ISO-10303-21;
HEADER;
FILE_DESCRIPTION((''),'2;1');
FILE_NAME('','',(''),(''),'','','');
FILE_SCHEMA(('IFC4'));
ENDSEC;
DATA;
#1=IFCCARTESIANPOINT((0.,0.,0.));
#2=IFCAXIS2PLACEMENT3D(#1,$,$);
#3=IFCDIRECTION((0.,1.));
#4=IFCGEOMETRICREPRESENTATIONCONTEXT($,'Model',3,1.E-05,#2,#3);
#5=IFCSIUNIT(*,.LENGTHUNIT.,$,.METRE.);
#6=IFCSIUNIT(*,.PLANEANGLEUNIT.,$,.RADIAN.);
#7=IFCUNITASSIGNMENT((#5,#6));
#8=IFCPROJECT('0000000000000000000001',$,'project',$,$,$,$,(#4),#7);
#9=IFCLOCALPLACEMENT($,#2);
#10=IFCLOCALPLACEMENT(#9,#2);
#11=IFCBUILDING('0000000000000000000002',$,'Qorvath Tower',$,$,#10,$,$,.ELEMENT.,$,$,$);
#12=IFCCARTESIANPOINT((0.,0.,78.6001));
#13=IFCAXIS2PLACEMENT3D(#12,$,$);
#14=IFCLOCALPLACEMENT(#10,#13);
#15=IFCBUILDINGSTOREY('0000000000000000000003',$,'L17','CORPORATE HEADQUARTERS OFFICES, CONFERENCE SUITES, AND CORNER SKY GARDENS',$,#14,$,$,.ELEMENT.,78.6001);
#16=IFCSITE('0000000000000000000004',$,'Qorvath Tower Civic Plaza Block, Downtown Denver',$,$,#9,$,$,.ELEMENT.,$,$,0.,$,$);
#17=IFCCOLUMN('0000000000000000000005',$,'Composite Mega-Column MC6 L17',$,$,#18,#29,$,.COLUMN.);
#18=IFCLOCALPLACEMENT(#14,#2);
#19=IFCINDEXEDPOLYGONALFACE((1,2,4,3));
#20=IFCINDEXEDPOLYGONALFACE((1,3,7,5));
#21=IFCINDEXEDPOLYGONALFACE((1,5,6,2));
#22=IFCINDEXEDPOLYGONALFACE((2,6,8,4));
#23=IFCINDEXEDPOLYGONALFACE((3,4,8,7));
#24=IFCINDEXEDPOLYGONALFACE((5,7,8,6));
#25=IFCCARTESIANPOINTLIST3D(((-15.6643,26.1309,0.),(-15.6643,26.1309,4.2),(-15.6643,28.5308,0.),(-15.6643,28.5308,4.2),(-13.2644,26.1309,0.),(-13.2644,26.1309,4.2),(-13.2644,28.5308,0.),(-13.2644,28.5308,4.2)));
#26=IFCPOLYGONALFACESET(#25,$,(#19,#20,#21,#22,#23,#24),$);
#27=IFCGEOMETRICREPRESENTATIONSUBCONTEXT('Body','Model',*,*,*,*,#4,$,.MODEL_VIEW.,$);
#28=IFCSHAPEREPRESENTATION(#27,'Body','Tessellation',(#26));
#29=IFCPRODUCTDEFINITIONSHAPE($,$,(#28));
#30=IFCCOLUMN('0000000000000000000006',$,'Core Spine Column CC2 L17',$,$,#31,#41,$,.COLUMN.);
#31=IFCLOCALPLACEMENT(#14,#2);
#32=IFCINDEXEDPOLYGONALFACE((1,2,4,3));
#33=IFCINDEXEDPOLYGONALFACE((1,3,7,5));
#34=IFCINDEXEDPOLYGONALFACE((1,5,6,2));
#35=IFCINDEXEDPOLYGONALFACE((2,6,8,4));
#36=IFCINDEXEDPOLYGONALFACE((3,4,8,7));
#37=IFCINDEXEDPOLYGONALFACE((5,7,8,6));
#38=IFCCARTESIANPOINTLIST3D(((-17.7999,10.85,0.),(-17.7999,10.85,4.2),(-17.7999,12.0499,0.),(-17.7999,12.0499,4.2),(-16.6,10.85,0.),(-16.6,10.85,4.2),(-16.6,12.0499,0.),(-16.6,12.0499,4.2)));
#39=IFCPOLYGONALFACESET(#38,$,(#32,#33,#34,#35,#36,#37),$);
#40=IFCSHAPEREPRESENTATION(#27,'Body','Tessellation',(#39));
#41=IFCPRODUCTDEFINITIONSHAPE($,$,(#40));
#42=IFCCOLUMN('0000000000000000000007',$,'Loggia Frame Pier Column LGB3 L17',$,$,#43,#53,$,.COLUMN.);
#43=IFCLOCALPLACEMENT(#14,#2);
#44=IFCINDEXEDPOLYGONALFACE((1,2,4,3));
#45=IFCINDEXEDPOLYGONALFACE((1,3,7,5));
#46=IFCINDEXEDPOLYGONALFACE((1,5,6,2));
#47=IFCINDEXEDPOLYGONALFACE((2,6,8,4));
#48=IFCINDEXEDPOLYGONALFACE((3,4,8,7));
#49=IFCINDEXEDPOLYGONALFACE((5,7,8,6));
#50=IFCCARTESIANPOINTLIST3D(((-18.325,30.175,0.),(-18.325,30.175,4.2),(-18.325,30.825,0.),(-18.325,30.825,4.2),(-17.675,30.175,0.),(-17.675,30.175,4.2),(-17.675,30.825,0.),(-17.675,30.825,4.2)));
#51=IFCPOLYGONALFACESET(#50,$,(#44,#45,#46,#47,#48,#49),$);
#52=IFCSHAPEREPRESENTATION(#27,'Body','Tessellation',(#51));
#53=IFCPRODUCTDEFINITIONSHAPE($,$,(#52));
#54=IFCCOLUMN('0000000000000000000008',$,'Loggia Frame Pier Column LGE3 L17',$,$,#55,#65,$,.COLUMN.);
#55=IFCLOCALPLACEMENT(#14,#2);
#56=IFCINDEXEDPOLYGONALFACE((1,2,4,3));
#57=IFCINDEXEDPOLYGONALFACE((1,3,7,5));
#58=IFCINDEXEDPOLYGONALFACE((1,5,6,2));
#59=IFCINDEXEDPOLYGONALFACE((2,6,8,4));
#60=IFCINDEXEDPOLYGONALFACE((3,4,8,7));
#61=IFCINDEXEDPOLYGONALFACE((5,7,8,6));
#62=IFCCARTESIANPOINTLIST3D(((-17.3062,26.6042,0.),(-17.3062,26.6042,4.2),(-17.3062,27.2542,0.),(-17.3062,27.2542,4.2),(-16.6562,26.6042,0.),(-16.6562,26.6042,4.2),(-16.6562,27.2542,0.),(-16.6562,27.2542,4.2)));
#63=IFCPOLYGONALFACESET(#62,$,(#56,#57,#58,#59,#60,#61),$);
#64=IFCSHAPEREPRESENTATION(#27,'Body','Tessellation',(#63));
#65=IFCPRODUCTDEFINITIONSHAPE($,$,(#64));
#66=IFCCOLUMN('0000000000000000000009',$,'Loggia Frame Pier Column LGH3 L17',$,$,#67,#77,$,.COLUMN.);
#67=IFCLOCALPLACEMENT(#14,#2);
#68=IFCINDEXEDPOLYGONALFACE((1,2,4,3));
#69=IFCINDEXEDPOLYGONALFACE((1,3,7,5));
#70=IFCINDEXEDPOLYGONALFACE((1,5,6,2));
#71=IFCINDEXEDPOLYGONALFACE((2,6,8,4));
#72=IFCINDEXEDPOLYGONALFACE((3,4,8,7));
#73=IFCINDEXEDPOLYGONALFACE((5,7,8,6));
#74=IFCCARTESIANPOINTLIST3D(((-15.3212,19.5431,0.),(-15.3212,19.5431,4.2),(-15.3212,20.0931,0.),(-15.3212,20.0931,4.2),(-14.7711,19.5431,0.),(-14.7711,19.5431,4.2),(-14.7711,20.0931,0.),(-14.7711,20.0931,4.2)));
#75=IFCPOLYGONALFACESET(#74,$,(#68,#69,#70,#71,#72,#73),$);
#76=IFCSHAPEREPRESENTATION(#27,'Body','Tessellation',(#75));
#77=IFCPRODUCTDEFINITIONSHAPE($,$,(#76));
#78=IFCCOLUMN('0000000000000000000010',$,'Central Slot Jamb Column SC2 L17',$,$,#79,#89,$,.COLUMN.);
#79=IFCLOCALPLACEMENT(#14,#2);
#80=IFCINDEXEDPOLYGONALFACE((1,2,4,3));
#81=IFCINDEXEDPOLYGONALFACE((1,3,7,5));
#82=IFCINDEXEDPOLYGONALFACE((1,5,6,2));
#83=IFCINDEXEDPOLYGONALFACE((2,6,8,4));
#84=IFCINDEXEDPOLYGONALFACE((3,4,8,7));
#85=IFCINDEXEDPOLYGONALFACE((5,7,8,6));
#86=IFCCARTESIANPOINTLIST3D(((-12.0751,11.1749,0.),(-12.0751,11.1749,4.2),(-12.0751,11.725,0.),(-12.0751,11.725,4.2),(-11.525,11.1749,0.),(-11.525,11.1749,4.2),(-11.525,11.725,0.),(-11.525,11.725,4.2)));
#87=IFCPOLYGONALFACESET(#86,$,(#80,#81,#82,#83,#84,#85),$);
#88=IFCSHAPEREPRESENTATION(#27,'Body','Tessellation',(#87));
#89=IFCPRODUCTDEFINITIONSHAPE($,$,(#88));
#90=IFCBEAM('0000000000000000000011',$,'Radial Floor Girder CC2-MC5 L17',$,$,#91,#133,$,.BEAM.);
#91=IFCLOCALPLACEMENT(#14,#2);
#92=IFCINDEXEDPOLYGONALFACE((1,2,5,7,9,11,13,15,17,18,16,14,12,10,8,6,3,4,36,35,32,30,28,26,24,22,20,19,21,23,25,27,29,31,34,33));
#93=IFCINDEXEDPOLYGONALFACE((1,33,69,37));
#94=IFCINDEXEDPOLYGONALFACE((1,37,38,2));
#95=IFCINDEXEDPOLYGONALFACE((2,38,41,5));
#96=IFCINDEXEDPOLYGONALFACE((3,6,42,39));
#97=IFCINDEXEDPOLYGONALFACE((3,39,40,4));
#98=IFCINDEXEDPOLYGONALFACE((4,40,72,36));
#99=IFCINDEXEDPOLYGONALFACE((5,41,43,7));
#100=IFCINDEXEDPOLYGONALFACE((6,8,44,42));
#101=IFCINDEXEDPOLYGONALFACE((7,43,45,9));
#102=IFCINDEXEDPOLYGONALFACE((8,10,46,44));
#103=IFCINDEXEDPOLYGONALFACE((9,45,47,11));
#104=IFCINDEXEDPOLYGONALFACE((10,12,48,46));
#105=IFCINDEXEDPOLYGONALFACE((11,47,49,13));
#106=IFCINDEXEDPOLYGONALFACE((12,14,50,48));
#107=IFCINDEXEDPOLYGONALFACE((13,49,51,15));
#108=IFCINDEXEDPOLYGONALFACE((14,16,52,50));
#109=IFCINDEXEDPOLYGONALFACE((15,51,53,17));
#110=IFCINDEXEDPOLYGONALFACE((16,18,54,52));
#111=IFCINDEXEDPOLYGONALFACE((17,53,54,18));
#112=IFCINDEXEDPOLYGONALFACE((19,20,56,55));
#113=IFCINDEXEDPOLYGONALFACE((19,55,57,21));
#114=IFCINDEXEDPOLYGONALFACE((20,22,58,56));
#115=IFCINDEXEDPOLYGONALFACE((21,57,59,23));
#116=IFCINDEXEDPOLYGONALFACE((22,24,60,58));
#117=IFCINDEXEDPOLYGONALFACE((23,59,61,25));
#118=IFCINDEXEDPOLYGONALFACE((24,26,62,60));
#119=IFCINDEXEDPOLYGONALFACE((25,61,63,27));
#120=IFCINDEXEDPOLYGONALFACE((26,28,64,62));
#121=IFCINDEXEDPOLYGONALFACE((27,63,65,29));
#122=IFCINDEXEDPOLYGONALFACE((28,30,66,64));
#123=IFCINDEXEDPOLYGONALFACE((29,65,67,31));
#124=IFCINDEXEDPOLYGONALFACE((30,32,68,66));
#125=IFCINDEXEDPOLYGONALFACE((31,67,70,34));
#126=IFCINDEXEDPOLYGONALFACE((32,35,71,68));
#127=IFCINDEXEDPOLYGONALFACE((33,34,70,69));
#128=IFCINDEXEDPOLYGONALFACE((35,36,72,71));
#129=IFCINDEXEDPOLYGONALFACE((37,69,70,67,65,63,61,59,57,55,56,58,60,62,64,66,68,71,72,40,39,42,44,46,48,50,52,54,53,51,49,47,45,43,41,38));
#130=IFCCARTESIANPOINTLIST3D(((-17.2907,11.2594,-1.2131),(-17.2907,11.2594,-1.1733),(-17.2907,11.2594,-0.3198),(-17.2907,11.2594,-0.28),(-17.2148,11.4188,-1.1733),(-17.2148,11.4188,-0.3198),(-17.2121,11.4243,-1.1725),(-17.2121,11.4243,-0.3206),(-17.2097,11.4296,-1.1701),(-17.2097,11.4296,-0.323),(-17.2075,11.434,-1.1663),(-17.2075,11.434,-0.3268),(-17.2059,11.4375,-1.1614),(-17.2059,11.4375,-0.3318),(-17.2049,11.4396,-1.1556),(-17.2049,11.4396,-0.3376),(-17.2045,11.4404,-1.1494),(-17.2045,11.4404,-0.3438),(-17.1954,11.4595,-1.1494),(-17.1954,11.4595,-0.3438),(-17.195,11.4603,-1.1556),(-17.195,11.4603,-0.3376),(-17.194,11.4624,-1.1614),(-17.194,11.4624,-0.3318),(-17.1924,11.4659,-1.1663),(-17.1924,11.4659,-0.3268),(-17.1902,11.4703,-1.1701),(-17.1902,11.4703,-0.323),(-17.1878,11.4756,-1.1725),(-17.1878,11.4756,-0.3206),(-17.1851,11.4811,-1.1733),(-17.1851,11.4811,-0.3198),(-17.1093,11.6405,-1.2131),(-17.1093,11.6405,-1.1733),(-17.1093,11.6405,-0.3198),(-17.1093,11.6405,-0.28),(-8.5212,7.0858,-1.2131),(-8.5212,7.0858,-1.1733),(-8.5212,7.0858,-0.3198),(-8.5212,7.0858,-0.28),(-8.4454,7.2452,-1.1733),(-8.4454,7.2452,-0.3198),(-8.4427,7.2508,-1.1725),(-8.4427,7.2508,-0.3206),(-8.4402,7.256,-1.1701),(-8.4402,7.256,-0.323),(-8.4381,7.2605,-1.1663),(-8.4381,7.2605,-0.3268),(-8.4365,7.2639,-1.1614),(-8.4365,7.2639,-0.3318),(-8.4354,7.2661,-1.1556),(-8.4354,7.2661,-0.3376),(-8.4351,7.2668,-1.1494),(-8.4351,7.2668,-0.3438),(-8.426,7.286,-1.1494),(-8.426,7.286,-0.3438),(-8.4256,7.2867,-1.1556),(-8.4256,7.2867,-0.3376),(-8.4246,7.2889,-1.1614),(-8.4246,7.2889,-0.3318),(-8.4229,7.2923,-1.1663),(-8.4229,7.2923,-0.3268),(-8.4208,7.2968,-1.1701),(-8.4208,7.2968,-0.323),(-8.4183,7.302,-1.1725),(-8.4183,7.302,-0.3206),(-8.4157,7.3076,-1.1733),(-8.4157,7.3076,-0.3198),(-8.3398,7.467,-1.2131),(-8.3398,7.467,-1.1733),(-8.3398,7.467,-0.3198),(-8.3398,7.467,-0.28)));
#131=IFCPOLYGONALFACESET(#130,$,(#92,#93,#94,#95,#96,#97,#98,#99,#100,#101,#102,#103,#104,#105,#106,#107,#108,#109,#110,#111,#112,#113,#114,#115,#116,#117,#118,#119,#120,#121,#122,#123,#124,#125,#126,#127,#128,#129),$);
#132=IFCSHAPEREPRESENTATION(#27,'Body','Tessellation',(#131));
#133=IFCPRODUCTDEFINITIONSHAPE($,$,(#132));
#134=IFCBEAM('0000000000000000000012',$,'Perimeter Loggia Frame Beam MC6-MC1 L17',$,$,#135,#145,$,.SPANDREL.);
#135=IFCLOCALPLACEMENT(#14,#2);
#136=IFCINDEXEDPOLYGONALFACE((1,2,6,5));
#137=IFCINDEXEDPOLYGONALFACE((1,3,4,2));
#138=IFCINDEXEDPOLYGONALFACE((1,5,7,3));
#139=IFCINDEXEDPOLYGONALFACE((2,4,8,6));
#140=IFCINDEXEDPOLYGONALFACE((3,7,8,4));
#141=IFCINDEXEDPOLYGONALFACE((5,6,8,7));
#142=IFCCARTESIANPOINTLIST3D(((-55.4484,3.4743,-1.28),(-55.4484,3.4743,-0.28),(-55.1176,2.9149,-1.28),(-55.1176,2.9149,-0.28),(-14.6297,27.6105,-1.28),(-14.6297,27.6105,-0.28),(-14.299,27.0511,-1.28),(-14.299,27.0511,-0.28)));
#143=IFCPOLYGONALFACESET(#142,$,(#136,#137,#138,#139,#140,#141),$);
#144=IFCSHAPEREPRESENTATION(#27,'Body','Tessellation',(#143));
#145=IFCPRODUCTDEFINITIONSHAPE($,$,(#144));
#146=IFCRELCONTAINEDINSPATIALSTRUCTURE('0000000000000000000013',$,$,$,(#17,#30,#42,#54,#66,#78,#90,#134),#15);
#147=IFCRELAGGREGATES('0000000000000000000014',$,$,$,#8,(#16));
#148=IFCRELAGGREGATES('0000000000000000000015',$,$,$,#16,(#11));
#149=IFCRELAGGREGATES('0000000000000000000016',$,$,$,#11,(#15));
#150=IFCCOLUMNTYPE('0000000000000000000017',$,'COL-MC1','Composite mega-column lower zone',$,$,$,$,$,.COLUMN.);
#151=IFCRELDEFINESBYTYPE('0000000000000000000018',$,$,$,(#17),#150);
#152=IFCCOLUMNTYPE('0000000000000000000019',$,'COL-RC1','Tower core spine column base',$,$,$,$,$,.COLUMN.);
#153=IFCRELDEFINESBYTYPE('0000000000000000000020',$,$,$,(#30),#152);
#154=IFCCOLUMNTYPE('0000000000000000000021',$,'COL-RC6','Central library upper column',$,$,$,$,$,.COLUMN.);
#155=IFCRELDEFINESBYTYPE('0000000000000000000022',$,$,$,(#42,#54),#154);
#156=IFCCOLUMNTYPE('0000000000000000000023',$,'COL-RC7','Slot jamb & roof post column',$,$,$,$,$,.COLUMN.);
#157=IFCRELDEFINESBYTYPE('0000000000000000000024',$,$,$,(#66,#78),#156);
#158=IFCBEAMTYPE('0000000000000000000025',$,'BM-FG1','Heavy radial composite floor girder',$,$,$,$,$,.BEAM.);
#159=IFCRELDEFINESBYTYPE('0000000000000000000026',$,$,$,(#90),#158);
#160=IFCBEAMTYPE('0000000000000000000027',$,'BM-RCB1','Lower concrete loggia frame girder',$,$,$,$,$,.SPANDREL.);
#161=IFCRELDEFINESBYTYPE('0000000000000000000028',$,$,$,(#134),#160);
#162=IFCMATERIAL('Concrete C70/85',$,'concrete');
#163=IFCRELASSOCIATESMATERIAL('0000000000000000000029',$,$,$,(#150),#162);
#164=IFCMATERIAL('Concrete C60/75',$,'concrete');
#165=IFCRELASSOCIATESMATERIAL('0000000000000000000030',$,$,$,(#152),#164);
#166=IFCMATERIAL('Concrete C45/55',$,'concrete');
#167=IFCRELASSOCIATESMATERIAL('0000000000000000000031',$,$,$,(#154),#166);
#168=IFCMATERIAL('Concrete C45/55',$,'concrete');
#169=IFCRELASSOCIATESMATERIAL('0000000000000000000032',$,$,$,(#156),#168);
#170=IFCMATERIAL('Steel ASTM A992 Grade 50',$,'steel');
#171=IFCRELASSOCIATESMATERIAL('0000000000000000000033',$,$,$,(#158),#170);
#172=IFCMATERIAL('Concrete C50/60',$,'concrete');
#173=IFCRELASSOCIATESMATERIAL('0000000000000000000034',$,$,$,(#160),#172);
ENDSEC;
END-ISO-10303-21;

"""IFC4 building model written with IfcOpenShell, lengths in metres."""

from ifc_helpers import new_model, si_unit, direction, frame, origin, origin_2d, place, context, subcontext, project, spatial, rectangle, i_section, extrude, material, material_profile, profile_set, type_object, element, save


model = new_model("IFC4")

# Units and contexts
model_context = context("Model", 3, precision=1e-05, world=origin(), true_north=direction((0.0, 1.0)))
body_context = subcontext(model_context, "Body", "Model", "MODEL_VIEW")
ifc_project = project(units=[si_unit("LENGTHUNIT", "METRE"), si_unit("PLANEANGLEUNIT", "RADIAN")], contexts=[model_context])

# Site, building, storey
site_placement = place(None, origin())
site = spatial("IfcSite", under=ifc_project, at=site_placement, Name="Qorvath Tower Civic Plaza Block, Downtown Denver", CompositionType="ELEMENT", RefElevation=0.0)
building_placement = place(site_placement, origin())
building = spatial("IfcBuilding", under=site, at=building_placement, Name="Qorvath Tower", CompositionType="ELEMENT")
storey_placement = place(building_placement, frame((0.0, 0.0, 78.6001)))
storey = spatial("IfcBuildingStorey", under=building, at=storey_placement, Name="L17", Description="CORPORATE HEADQUARTERS OFFICES, CONFERENCE SUITES, AND CORNER SKY GARDENS", CompositionType="ELEMENT", Elevation=78.6001)

# Columns
ifc_material_1 = material(Name="Concrete C70/85", Category="concrete")
ifc_material_profile_1 = material_profile(ifc_material_1, rectangle(XDim=2.3999, YDim=2.3999, at=origin_2d()), Name="MC 2400x2400")
ifc_profile_set_1 = profile_set([ifc_material_profile_1], Name="Concrete C70/85")
column_type_1 = type_object("IfcColumnType", Name="COL-MC1", Description="Composite mega-column lower zone", PredefinedType="COLUMN", material=ifc_profile_set_1)
column_1_placement = place(storey_placement, frame((-14.4644, 27.3308, 0.0), z_axis=(0.0, 0.0, 1.0), x_axis=(1.0, 0.0, 0.0)))
element("IfcColumn", 1, at=column_1_placement, inside=storey, type_object=column_type_1, Name="Composite Mega-Column MC6 L17", PredefinedType="COLUMN", context=body_context, shape_type="SweptSolid", body=[
    extrude(rectangle(XDim=2.3999, YDim=2.3999, at=origin_2d()), origin(), (0.0, 0.0, 1.0), 4.2),
])
ifc_material_2 = material(Name="Concrete C60/75", Category="concrete")
ifc_material_profile_2 = material_profile(ifc_material_2, rectangle(XDim=1.2, YDim=1.2, at=origin_2d()), Name="RC 1200x1200")
ifc_profile_set_2 = profile_set([ifc_material_profile_2], Name="Concrete C60/75")
column_type_2 = type_object("IfcColumnType", Name="COL-RC1", Description="Tower core spine column base", PredefinedType="COLUMN", material=ifc_profile_set_2)
column_2_placement = place(storey_placement, frame((-17.2, 11.45, 0.0), z_axis=(0.0, 0.0, 1.0), x_axis=(1.0, 0.0, 0.0)))
element("IfcColumn", 2, at=column_2_placement, inside=storey, type_object=column_type_2, Name="Core Spine Column CC2 L17", PredefinedType="COLUMN", context=body_context, shape_type="SweptSolid", body=[
    extrude(rectangle(XDim=1.2, YDim=1.2, at=origin_2d()), origin(), (0.0, 0.0, 1.0), 4.2),
])
ifc_material_3 = material(Name="Concrete C45/55", Category="concrete")
ifc_material_profile_3 = material_profile(ifc_material_3, rectangle(XDim=0.6499, YDim=0.6499, at=origin_2d()), Name="RC 650x650")
ifc_profile_set_3 = profile_set([ifc_material_profile_3], Name="Concrete C45/55")
column_type_3 = type_object("IfcColumnType", Name="COL-RC6", Description="Central library upper column", PredefinedType="COLUMN", material=ifc_profile_set_3)
for number, where, z_axis, x_axis, name in (
    (3, (-18.0, 30.5, 0.0), (0.0, 0.0, 1.0), (1.0, 0.0, 0.0), "Loggia Frame Pier Column LGB3 L17"),
    (4, (-16.9812, 26.9292, 0.0), (0.0, 0.0, 1.0), (1.0, 0.0, 0.0), "Loggia Frame Pier Column LGE3 L17"),
):
    element("IfcColumn", number, at=place(storey_placement, frame(where, z_axis=z_axis, x_axis=x_axis)), inside=storey, type_object=column_type_3, Name=name, PredefinedType="COLUMN", context=body_context, shape_type="SweptSolid", body=[
        extrude(rectangle(XDim=0.6499, YDim=0.6499, at=origin_2d()), origin(), (0.0, 0.0, 1.0), 4.2),
    ])
ifc_material_4 = material(Name="Concrete C45/55", Category="concrete")
ifc_material_profile_4 = material_profile(ifc_material_4, rectangle(XDim=0.55, YDim=0.55, at=origin_2d()), Name="RC 550x550")
ifc_profile_set_4 = profile_set([ifc_material_profile_4], Name="Concrete C45/55")
column_type_4 = type_object("IfcColumnType", Name="COL-RC7", Description="Slot jamb & roof post column", PredefinedType="COLUMN", material=ifc_profile_set_4)
for number, where, z_axis, x_axis, name in (
    (5, (-15.0461, 19.8181, 0.0), (0.0, 0.0, 1.0), (1.0, 0.0, 0.0), "Loggia Frame Pier Column LGH3 L17"),
    (6, (-11.8, 11.45, 0.0), (0.0, 0.0, 1.0), (1.0, 0.0, 0.0), "Central Slot Jamb Column SC2 L17"),
):
    element("IfcColumn", number, at=place(storey_placement, frame(where, z_axis=z_axis, x_axis=x_axis)), inside=storey, type_object=column_type_4, Name=name, PredefinedType="COLUMN", context=body_context, shape_type="SweptSolid", body=[
        extrude(rectangle(XDim=0.55, YDim=0.55, at=origin_2d()), origin(), (0.0, 0.0, 1.0), 4.2),
    ])

# Beams
ifc_material_5 = material(Name="Steel ASTM A992 Grade 50", Category="steel")
ifc_material_profile_5 = material_profile(ifc_material_5, i_section(OverallWidth=0.4221, OverallDepth=0.9331, WebThickness=0.0212, FlangeThickness=0.0398, FilletRadius=0.0239, at=origin_2d()), Name="W36x262")
ifc_profile_set_5 = profile_set([ifc_material_profile_5], Name="Steel ASTM A992 Grade 50")
beam_type_1 = type_object("IfcBeamType", Name="BM-FG1", Description="Heavy radial composite floor girder", PredefinedType="BEAM", material=ifc_profile_set_5)
beam_1_placement = place(storey_placement, frame((-17.2, 11.45, -0.7466), z_axis=(0.902956, -0.429734, 0.0), x_axis=(0.429734, 0.902956, 0.0)))
element("IfcBeam", 7, at=beam_1_placement, inside=storey, type_object=beam_type_1, Name="Radial Floor Girder CC2-MC5 L17", PredefinedType="BEAM", context=body_context, shape_type="SweptSolid", body=[
    extrude(i_section(OverallWidth=0.4221, OverallDepth=0.9331, WebThickness=0.0212, FlangeThickness=0.0398, FilletRadius=0.0239, at=origin_2d()), origin(), (0.0, 0.0, 1.0), 9.7119),
])
ifc_material_6 = material(Name="Concrete C50/60", Category="concrete")
ifc_material_profile_6 = material_profile(ifc_material_6, rectangle(XDim=0.6499, YDim=1.0, at=origin_2d()), Name="RCB 1000x650")
ifc_profile_set_6 = profile_set([ifc_material_profile_6], Name="Concrete C50/60")
beam_type_2 = type_object("IfcBeamType", Name="BM-RCB1", Description="Lower concrete loggia frame girder", PredefinedType="SPANDREL", material=ifc_profile_set_6)
beam_2_placement = place(storey_placement, frame((-14.4644, 27.3308, -0.78), z_axis=(-0.860777, -0.508982, 0.0), x_axis=(0.508982, -0.860777, 0.0)))
element("IfcBeam", 8, at=beam_2_placement, inside=storey, type_object=beam_type_2, Name="Perimeter Loggia Frame Beam MC6-MC1 L17", PredefinedType="SPANDREL", context=body_context, shape_type="SweptSolid", body=[
    extrude(rectangle(XDim=0.6499, YDim=1.0, at=origin_2d()), origin(), (0.0, 0.0, 1.0), 47.4207),
])

save(model, "model.ifc")
